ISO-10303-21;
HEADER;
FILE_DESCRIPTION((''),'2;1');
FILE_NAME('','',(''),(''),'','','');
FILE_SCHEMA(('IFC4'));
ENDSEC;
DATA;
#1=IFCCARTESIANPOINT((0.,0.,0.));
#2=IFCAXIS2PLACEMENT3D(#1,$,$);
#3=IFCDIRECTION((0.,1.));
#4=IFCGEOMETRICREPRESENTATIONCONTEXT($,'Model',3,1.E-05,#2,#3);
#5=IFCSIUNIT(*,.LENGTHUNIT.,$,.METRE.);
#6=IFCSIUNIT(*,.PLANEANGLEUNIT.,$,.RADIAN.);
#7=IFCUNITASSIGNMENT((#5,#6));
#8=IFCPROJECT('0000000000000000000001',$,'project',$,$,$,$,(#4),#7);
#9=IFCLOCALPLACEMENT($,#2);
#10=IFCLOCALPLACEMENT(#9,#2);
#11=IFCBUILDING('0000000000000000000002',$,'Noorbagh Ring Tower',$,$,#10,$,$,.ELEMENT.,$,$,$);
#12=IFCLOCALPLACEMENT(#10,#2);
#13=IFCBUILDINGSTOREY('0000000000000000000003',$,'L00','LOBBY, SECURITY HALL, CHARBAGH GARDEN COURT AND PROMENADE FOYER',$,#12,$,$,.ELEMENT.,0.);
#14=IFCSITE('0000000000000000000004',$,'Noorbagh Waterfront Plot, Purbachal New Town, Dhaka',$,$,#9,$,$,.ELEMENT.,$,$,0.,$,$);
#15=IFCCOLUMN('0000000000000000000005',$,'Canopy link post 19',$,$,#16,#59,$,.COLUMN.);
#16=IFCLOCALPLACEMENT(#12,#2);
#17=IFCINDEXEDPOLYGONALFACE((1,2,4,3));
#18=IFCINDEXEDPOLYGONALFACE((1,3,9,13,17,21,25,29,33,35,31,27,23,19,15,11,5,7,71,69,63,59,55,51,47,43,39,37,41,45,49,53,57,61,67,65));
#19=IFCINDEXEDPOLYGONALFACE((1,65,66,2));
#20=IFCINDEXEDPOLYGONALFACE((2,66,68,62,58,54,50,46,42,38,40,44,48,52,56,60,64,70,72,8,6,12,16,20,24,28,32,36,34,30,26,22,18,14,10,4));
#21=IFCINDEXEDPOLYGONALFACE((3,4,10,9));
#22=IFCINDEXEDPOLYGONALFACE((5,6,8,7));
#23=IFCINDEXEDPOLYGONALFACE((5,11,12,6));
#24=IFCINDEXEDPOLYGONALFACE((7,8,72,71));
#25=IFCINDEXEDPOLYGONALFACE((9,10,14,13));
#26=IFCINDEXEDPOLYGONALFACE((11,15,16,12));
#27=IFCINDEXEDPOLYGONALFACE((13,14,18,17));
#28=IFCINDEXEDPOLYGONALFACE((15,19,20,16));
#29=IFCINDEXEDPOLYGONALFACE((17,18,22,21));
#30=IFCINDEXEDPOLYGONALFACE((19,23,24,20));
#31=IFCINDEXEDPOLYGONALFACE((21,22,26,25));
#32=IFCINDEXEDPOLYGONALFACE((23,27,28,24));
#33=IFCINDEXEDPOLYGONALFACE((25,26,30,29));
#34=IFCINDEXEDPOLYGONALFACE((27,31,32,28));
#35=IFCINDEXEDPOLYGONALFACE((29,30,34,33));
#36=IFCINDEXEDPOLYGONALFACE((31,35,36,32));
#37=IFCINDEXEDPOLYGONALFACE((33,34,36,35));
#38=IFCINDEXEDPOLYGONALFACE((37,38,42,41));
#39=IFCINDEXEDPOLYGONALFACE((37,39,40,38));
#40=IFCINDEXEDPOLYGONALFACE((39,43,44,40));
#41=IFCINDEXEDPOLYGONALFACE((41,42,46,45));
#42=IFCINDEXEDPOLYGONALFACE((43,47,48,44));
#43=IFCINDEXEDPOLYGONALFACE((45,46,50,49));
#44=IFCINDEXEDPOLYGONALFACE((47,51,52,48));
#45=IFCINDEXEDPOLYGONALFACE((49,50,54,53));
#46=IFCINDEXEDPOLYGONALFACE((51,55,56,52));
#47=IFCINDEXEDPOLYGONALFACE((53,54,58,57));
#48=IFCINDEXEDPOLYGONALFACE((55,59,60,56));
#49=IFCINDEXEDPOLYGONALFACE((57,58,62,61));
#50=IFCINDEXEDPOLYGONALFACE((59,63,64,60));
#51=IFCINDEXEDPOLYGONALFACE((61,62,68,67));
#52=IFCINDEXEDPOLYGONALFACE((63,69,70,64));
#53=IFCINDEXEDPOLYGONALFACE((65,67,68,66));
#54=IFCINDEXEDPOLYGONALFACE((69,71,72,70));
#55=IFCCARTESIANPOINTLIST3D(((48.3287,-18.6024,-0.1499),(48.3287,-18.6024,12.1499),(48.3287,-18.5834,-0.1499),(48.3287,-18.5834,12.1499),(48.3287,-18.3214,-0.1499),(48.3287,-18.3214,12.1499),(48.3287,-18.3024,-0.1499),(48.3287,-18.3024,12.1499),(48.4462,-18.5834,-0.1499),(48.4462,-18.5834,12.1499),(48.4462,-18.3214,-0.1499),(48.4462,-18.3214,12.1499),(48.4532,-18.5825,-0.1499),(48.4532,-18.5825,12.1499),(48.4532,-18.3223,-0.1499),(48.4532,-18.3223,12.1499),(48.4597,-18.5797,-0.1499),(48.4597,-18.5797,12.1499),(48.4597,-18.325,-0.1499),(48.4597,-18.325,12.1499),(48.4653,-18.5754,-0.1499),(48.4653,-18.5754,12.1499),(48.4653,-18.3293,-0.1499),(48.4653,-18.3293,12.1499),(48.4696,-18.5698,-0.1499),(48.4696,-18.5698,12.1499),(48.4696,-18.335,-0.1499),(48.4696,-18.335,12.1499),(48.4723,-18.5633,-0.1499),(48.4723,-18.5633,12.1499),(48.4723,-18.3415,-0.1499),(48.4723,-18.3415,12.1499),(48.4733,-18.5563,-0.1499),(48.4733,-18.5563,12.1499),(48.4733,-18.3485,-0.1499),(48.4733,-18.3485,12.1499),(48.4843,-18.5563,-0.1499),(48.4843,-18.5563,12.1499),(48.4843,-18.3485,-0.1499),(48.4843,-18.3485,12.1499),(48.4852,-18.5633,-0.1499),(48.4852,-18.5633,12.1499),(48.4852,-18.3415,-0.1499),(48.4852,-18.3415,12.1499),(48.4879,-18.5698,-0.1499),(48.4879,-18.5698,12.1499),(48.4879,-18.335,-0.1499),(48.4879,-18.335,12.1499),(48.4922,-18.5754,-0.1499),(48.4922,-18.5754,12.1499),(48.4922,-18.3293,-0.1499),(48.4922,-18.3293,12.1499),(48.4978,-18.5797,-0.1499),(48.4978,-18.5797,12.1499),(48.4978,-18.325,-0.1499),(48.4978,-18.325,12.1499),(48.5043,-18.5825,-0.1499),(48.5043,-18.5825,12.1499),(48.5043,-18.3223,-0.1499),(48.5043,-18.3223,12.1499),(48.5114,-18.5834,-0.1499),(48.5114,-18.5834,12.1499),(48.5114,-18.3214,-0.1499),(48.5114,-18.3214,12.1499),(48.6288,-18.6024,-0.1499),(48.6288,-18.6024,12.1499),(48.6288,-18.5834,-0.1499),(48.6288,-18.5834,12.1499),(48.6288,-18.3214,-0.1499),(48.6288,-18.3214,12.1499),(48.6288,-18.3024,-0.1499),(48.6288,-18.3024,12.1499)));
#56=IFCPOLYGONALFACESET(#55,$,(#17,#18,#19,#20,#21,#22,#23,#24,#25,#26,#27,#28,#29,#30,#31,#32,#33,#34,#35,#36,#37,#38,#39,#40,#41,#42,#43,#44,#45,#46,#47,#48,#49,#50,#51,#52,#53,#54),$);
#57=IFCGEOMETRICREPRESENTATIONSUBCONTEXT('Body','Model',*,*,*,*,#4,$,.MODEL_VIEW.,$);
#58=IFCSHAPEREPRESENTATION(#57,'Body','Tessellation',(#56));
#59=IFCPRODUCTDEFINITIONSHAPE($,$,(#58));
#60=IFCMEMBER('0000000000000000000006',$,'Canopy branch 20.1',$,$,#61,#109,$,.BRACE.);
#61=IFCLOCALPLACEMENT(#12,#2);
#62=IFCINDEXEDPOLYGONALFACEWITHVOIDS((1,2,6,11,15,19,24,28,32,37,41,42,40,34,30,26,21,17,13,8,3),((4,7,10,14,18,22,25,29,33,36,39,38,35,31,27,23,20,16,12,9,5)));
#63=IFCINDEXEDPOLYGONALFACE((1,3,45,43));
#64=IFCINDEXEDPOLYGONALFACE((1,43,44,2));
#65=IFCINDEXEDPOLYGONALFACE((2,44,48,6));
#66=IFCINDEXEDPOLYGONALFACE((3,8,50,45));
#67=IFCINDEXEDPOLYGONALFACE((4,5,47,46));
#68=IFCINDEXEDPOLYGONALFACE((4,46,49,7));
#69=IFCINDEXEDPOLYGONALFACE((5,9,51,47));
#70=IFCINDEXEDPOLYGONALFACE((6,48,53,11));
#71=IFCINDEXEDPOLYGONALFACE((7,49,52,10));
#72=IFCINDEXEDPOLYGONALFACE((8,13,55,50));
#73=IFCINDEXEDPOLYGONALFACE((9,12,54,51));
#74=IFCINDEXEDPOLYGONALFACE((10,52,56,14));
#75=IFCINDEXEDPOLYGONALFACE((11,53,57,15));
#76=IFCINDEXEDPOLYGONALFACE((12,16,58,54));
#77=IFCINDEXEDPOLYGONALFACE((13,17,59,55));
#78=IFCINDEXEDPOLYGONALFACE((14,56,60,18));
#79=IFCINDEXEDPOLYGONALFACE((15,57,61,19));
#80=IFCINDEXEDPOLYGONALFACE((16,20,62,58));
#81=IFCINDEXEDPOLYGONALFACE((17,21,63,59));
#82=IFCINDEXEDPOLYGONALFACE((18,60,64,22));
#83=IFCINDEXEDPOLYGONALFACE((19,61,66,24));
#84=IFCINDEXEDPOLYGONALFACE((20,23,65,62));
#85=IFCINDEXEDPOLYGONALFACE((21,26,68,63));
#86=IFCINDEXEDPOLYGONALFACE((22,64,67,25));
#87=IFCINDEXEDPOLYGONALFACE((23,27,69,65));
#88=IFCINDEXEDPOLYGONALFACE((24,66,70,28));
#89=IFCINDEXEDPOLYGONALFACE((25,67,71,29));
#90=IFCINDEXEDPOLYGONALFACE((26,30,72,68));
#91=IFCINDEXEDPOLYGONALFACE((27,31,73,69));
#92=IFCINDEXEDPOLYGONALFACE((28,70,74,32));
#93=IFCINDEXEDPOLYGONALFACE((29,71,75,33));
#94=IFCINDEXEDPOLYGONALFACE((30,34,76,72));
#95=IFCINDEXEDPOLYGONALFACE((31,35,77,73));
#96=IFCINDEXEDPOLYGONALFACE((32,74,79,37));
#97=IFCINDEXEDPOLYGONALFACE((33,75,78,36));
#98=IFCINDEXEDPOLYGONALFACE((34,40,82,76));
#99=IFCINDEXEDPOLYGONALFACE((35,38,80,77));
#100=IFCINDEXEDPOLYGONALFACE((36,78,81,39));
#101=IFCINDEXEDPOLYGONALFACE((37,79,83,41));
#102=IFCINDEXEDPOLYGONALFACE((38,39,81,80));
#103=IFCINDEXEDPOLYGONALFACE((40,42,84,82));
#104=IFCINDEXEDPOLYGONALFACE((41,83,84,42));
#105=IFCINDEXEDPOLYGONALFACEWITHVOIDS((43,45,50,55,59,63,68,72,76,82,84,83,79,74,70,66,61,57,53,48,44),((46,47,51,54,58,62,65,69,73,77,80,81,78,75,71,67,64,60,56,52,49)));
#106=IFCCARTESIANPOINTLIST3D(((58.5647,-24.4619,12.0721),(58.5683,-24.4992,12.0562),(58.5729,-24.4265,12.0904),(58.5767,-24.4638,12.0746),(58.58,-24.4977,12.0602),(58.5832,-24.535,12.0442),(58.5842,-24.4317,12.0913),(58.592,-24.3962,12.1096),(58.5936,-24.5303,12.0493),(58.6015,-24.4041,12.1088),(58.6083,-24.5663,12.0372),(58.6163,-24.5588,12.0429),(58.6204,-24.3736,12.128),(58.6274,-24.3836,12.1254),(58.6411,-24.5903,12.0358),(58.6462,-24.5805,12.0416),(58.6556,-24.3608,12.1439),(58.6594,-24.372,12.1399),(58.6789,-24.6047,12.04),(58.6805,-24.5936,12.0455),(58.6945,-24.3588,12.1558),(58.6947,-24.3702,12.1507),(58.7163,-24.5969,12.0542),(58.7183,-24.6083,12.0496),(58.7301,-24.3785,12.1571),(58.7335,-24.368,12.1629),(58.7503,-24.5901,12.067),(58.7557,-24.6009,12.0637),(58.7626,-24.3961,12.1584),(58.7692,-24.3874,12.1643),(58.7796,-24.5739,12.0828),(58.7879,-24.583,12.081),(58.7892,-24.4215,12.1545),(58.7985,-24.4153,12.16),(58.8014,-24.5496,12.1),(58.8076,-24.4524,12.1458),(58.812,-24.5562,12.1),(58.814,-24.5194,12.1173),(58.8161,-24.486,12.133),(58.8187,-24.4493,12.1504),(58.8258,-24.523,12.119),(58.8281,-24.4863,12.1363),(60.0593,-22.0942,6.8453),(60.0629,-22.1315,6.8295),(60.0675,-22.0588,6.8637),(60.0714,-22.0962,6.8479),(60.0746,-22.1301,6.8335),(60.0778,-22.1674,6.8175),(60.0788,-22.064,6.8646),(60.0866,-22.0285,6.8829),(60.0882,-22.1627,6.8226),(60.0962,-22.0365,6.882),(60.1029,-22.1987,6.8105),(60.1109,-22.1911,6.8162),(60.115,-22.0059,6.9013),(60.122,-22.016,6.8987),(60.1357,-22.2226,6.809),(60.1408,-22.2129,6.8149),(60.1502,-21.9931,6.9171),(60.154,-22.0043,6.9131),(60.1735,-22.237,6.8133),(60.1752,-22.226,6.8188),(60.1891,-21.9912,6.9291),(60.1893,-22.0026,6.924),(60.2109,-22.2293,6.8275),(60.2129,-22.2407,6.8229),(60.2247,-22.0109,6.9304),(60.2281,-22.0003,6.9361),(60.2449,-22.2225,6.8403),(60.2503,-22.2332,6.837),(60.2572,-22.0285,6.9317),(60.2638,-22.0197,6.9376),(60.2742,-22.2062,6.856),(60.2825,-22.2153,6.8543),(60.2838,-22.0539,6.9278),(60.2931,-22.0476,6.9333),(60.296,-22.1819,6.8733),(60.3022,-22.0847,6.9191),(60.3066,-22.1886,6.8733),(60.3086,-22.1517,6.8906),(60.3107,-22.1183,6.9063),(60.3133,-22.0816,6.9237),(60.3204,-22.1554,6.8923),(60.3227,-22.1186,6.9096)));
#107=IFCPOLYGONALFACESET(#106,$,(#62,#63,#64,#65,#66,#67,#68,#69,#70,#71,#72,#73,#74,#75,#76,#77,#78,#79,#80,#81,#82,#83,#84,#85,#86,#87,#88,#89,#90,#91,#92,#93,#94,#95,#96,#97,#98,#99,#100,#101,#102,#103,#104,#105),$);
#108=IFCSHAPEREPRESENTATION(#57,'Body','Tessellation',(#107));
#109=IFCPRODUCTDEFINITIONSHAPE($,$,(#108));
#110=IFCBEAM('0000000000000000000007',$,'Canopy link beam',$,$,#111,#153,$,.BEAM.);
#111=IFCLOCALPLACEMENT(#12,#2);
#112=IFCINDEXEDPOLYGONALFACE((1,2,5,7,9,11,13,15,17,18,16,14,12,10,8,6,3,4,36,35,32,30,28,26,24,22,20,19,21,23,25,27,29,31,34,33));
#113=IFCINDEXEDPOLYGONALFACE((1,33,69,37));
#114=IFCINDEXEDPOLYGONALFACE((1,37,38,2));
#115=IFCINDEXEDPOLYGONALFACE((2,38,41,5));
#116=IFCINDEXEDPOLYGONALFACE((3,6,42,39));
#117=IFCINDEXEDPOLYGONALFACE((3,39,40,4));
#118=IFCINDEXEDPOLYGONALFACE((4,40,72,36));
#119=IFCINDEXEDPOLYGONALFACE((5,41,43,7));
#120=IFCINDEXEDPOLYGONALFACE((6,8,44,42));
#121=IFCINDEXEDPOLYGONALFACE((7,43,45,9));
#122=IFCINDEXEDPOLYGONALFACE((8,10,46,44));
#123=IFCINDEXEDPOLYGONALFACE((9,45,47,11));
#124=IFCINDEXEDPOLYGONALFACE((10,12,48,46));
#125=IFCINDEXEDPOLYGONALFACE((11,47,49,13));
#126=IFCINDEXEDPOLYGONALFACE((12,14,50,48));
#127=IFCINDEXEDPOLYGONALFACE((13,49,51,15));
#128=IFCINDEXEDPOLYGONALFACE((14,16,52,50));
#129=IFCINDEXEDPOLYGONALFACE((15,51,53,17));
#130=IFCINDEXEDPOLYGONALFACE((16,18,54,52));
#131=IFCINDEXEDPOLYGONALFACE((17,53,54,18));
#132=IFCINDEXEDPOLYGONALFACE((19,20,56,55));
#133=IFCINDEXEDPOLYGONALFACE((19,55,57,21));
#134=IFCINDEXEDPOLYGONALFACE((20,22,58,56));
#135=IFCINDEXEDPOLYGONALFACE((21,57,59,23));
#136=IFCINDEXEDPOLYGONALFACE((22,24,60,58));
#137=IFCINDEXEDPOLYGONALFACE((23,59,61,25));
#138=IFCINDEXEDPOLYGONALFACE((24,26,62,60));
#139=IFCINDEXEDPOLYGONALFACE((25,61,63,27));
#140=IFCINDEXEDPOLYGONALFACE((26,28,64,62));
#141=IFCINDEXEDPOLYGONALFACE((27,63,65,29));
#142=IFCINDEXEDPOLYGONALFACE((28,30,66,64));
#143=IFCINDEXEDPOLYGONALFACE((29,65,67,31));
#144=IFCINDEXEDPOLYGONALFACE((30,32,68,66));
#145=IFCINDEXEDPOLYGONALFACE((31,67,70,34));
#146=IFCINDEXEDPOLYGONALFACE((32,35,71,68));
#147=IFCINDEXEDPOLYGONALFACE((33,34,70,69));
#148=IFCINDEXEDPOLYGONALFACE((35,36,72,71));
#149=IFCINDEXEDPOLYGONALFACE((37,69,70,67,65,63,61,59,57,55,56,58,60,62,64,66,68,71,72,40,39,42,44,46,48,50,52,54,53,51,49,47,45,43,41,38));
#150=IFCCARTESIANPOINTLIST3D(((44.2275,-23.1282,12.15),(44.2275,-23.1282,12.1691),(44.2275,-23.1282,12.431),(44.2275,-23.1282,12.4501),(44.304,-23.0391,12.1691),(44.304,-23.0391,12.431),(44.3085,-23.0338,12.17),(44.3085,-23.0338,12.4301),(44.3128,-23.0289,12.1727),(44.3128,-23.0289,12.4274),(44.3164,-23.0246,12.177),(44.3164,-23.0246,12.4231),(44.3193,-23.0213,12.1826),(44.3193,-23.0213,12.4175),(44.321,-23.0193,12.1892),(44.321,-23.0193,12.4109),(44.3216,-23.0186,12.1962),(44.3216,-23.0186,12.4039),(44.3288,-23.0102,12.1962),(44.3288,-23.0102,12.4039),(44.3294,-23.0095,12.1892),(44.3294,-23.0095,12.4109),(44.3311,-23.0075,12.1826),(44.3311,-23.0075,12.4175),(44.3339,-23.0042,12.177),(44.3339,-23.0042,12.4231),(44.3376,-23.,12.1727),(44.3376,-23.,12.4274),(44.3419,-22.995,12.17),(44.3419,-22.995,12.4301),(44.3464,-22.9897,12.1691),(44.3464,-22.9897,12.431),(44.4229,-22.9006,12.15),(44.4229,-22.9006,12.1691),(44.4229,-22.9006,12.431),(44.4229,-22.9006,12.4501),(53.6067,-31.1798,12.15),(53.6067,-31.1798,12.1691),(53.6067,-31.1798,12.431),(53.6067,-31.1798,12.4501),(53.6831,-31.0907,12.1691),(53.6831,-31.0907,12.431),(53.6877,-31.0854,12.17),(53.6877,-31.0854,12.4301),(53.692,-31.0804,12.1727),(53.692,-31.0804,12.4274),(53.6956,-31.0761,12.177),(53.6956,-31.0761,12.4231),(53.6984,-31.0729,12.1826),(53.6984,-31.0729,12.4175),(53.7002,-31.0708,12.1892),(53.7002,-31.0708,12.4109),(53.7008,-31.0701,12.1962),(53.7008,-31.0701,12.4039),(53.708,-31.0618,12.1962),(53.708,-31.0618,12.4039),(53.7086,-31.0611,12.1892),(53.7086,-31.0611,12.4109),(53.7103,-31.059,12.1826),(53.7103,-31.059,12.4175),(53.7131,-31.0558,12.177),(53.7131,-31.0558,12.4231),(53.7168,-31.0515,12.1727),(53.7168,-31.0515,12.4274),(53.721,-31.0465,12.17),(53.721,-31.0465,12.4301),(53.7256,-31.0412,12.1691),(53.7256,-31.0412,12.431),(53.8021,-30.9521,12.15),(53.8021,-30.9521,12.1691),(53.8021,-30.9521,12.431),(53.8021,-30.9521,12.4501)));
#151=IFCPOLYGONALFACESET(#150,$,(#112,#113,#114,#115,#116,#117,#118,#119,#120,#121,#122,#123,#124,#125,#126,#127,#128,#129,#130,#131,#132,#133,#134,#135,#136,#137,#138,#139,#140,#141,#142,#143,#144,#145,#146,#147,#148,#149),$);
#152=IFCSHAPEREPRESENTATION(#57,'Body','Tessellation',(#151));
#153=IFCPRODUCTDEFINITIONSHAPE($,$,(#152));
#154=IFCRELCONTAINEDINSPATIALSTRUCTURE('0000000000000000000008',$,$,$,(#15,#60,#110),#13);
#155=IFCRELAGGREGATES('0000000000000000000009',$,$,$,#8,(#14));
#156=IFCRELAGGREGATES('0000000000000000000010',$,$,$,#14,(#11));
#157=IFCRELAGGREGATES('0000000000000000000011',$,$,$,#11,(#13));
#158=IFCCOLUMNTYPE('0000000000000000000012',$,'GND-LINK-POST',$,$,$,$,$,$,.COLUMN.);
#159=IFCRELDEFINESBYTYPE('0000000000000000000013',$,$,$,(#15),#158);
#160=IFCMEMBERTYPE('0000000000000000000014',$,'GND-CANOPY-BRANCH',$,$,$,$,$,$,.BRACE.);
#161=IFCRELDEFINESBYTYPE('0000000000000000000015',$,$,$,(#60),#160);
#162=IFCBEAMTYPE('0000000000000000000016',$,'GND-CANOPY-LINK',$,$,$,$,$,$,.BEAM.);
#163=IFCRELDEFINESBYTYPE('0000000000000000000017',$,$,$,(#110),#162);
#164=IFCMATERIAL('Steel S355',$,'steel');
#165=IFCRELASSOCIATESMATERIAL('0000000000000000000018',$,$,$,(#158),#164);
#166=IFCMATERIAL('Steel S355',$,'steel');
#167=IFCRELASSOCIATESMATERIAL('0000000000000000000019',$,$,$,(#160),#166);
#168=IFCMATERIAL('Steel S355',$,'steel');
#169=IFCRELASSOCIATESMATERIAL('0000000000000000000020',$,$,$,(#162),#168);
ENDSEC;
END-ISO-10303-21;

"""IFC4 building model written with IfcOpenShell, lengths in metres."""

from ifc_helpers import new_model, si_unit, direction, frame, origin, origin_2d, place, context, subcontext, project, spatial, hollow_circle, i_section, extrude, material, material_profile, profile_set, type_object, element, save


model = new_model("IFC4")

# Units and contexts
model_context = context("Model", 3, precision=1e-05, world=origin(), true_north=direction((0.0, 1.0)))
body_context = subcontext(model_context, "Body", "Model", "MODEL_VIEW")
ifc_project = project(units=[si_unit("LENGTHUNIT", "METRE"), si_unit("PLANEANGLEUNIT", "RADIAN")], contexts=[model_context])

# Site, building, storey
site_placement = place(None, origin())
site = spatial("IfcSite", under=ifc_project, at=site_placement, Name="Noorbagh Waterfront Plot, Purbachal New Town, Dhaka", CompositionType="ELEMENT", RefElevation=0.0)
building_placement = place(site_placement, origin())
building = spatial("IfcBuilding", under=site, at=building_placement, Name="Noorbagh Ring Tower", CompositionType="ELEMENT")
storey_placement = place(building_placement, origin())
storey = spatial("IfcBuildingStorey", under=building, at=storey_placement, Name="L00", Description="LOBBY, SECURITY HALL, CHARBAGH GARDEN COURT AND PROMENADE FOYER", CompositionType="ELEMENT", Elevation=0.0)

# Column
ifc_material_1 = material(Name="Steel S355", Category="steel")
ifc_material_profile_1 = material_profile(ifc_material_1, i_section(OverallWidth=0.3, OverallDepth=0.3, WebThickness=0.011, FlangeThickness=0.019, FilletRadius=0.0271, at=origin_2d()), Name="HEB300")
ifc_profile_set_1 = profile_set([ifc_material_profile_1], Name="Steel S355")
column_type_1 = type_object("IfcColumnType", Name="GND-LINK-POST", PredefinedType="COLUMN", material=ifc_profile_set_1)
for number, where, z_axis, x_axis, name in (
    (1, (48.4788, -18.4524, -0.1499), (0.0, 0.0, 1.0), (1.0, 0.0, 0.0), "Canopy link post 19"),
):
    element("IfcColumn", number, at=place(storey_placement, frame(where, z_axis=z_axis, x_axis=x_axis)), inside=storey, type_object=column_type_1, Name=name, PredefinedType="COLUMN", context=body_context, shape_type="SweptSolid", body=[
        extrude(i_section(OverallWidth=0.3, OverallDepth=0.3, WebThickness=0.011, FlangeThickness=0.019, FilletRadius=0.0271, at=origin_2d()), origin(), (0.0, 0.0, 1.0), 12.2998),
    ])

# Member
ifc_material_2 = material(Name="Steel S355", Category="steel")
ifc_material_profile_2 = material_profile(ifc_material_2, hollow_circle(Radius=0.1365, WallThickness=0.0125, at=origin_2d()), Name="CHS273x12.5")
ifc_profile_set_2 = profile_set([ifc_material_profile_2], Name="Steel S355")
member_type = type_object("IfcMemberType", Name="GND-CANOPY-BRANCH", PredefinedType="BRACE", material=ifc_profile_set_2)
member_placement = place(storey_placement, frame((60.1912, -22.1157, 6.8733), z_axis=(-0.252065, -0.399303, 0.881488), x_axis=(0.845609, -0.533803, 0.0)))
element("IfcMember", 2, at=member_placement, inside=storey, type_object=member_type, Name="Canopy branch 20.1", PredefinedType="BRACE", context=body_context, shape_type="SweptSolid", body=[
    extrude(hollow_circle(Radius=0.1365, WallThickness=0.0125, at=origin_2d()), origin(), (0.0, 0.0, 1.0), 5.9294),
])

# Beam
ifc_material_3 = material(Name="Steel S355", Category="steel")
ifc_material_profile_3 = material_profile(ifc_material_3, i_section(OverallWidth=0.3, OverallDepth=0.3, WebThickness=0.011, FlangeThickness=0.019, FilletRadius=0.0271, at=origin_2d()), Name="HEB300")
ifc_profile_set_3 = profile_set([ifc_material_profile_3], Name="Steel S355")
beam_type_1 = type_object("IfcBeamType", Name="GND-CANOPY-LINK", PredefinedType="BEAM", material=ifc_profile_set_3)
beam_1_placement = place(storey_placement, frame((44.3252, -23.0144, 12.3), z_axis=(0.758767, -0.651362, 0.0), x_axis=(0.651362, 0.758767, 0.0)))
element("IfcBeam", 3, at=beam_1_placement, inside=storey, type_object=beam_type_1, Name="Canopy link beam", PredefinedType="BEAM", context=body_context, shape_type="SweptSolid", body=[
    extrude(i_section(OverallWidth=0.3, OverallDepth=0.3, WebThickness=0.011, FlangeThickness=0.019, FilletRadius=0.0271, at=origin_2d()), origin(), (0.0, 0.0, 1.0), 12.3611),
])

save(model, "model.ifc")
